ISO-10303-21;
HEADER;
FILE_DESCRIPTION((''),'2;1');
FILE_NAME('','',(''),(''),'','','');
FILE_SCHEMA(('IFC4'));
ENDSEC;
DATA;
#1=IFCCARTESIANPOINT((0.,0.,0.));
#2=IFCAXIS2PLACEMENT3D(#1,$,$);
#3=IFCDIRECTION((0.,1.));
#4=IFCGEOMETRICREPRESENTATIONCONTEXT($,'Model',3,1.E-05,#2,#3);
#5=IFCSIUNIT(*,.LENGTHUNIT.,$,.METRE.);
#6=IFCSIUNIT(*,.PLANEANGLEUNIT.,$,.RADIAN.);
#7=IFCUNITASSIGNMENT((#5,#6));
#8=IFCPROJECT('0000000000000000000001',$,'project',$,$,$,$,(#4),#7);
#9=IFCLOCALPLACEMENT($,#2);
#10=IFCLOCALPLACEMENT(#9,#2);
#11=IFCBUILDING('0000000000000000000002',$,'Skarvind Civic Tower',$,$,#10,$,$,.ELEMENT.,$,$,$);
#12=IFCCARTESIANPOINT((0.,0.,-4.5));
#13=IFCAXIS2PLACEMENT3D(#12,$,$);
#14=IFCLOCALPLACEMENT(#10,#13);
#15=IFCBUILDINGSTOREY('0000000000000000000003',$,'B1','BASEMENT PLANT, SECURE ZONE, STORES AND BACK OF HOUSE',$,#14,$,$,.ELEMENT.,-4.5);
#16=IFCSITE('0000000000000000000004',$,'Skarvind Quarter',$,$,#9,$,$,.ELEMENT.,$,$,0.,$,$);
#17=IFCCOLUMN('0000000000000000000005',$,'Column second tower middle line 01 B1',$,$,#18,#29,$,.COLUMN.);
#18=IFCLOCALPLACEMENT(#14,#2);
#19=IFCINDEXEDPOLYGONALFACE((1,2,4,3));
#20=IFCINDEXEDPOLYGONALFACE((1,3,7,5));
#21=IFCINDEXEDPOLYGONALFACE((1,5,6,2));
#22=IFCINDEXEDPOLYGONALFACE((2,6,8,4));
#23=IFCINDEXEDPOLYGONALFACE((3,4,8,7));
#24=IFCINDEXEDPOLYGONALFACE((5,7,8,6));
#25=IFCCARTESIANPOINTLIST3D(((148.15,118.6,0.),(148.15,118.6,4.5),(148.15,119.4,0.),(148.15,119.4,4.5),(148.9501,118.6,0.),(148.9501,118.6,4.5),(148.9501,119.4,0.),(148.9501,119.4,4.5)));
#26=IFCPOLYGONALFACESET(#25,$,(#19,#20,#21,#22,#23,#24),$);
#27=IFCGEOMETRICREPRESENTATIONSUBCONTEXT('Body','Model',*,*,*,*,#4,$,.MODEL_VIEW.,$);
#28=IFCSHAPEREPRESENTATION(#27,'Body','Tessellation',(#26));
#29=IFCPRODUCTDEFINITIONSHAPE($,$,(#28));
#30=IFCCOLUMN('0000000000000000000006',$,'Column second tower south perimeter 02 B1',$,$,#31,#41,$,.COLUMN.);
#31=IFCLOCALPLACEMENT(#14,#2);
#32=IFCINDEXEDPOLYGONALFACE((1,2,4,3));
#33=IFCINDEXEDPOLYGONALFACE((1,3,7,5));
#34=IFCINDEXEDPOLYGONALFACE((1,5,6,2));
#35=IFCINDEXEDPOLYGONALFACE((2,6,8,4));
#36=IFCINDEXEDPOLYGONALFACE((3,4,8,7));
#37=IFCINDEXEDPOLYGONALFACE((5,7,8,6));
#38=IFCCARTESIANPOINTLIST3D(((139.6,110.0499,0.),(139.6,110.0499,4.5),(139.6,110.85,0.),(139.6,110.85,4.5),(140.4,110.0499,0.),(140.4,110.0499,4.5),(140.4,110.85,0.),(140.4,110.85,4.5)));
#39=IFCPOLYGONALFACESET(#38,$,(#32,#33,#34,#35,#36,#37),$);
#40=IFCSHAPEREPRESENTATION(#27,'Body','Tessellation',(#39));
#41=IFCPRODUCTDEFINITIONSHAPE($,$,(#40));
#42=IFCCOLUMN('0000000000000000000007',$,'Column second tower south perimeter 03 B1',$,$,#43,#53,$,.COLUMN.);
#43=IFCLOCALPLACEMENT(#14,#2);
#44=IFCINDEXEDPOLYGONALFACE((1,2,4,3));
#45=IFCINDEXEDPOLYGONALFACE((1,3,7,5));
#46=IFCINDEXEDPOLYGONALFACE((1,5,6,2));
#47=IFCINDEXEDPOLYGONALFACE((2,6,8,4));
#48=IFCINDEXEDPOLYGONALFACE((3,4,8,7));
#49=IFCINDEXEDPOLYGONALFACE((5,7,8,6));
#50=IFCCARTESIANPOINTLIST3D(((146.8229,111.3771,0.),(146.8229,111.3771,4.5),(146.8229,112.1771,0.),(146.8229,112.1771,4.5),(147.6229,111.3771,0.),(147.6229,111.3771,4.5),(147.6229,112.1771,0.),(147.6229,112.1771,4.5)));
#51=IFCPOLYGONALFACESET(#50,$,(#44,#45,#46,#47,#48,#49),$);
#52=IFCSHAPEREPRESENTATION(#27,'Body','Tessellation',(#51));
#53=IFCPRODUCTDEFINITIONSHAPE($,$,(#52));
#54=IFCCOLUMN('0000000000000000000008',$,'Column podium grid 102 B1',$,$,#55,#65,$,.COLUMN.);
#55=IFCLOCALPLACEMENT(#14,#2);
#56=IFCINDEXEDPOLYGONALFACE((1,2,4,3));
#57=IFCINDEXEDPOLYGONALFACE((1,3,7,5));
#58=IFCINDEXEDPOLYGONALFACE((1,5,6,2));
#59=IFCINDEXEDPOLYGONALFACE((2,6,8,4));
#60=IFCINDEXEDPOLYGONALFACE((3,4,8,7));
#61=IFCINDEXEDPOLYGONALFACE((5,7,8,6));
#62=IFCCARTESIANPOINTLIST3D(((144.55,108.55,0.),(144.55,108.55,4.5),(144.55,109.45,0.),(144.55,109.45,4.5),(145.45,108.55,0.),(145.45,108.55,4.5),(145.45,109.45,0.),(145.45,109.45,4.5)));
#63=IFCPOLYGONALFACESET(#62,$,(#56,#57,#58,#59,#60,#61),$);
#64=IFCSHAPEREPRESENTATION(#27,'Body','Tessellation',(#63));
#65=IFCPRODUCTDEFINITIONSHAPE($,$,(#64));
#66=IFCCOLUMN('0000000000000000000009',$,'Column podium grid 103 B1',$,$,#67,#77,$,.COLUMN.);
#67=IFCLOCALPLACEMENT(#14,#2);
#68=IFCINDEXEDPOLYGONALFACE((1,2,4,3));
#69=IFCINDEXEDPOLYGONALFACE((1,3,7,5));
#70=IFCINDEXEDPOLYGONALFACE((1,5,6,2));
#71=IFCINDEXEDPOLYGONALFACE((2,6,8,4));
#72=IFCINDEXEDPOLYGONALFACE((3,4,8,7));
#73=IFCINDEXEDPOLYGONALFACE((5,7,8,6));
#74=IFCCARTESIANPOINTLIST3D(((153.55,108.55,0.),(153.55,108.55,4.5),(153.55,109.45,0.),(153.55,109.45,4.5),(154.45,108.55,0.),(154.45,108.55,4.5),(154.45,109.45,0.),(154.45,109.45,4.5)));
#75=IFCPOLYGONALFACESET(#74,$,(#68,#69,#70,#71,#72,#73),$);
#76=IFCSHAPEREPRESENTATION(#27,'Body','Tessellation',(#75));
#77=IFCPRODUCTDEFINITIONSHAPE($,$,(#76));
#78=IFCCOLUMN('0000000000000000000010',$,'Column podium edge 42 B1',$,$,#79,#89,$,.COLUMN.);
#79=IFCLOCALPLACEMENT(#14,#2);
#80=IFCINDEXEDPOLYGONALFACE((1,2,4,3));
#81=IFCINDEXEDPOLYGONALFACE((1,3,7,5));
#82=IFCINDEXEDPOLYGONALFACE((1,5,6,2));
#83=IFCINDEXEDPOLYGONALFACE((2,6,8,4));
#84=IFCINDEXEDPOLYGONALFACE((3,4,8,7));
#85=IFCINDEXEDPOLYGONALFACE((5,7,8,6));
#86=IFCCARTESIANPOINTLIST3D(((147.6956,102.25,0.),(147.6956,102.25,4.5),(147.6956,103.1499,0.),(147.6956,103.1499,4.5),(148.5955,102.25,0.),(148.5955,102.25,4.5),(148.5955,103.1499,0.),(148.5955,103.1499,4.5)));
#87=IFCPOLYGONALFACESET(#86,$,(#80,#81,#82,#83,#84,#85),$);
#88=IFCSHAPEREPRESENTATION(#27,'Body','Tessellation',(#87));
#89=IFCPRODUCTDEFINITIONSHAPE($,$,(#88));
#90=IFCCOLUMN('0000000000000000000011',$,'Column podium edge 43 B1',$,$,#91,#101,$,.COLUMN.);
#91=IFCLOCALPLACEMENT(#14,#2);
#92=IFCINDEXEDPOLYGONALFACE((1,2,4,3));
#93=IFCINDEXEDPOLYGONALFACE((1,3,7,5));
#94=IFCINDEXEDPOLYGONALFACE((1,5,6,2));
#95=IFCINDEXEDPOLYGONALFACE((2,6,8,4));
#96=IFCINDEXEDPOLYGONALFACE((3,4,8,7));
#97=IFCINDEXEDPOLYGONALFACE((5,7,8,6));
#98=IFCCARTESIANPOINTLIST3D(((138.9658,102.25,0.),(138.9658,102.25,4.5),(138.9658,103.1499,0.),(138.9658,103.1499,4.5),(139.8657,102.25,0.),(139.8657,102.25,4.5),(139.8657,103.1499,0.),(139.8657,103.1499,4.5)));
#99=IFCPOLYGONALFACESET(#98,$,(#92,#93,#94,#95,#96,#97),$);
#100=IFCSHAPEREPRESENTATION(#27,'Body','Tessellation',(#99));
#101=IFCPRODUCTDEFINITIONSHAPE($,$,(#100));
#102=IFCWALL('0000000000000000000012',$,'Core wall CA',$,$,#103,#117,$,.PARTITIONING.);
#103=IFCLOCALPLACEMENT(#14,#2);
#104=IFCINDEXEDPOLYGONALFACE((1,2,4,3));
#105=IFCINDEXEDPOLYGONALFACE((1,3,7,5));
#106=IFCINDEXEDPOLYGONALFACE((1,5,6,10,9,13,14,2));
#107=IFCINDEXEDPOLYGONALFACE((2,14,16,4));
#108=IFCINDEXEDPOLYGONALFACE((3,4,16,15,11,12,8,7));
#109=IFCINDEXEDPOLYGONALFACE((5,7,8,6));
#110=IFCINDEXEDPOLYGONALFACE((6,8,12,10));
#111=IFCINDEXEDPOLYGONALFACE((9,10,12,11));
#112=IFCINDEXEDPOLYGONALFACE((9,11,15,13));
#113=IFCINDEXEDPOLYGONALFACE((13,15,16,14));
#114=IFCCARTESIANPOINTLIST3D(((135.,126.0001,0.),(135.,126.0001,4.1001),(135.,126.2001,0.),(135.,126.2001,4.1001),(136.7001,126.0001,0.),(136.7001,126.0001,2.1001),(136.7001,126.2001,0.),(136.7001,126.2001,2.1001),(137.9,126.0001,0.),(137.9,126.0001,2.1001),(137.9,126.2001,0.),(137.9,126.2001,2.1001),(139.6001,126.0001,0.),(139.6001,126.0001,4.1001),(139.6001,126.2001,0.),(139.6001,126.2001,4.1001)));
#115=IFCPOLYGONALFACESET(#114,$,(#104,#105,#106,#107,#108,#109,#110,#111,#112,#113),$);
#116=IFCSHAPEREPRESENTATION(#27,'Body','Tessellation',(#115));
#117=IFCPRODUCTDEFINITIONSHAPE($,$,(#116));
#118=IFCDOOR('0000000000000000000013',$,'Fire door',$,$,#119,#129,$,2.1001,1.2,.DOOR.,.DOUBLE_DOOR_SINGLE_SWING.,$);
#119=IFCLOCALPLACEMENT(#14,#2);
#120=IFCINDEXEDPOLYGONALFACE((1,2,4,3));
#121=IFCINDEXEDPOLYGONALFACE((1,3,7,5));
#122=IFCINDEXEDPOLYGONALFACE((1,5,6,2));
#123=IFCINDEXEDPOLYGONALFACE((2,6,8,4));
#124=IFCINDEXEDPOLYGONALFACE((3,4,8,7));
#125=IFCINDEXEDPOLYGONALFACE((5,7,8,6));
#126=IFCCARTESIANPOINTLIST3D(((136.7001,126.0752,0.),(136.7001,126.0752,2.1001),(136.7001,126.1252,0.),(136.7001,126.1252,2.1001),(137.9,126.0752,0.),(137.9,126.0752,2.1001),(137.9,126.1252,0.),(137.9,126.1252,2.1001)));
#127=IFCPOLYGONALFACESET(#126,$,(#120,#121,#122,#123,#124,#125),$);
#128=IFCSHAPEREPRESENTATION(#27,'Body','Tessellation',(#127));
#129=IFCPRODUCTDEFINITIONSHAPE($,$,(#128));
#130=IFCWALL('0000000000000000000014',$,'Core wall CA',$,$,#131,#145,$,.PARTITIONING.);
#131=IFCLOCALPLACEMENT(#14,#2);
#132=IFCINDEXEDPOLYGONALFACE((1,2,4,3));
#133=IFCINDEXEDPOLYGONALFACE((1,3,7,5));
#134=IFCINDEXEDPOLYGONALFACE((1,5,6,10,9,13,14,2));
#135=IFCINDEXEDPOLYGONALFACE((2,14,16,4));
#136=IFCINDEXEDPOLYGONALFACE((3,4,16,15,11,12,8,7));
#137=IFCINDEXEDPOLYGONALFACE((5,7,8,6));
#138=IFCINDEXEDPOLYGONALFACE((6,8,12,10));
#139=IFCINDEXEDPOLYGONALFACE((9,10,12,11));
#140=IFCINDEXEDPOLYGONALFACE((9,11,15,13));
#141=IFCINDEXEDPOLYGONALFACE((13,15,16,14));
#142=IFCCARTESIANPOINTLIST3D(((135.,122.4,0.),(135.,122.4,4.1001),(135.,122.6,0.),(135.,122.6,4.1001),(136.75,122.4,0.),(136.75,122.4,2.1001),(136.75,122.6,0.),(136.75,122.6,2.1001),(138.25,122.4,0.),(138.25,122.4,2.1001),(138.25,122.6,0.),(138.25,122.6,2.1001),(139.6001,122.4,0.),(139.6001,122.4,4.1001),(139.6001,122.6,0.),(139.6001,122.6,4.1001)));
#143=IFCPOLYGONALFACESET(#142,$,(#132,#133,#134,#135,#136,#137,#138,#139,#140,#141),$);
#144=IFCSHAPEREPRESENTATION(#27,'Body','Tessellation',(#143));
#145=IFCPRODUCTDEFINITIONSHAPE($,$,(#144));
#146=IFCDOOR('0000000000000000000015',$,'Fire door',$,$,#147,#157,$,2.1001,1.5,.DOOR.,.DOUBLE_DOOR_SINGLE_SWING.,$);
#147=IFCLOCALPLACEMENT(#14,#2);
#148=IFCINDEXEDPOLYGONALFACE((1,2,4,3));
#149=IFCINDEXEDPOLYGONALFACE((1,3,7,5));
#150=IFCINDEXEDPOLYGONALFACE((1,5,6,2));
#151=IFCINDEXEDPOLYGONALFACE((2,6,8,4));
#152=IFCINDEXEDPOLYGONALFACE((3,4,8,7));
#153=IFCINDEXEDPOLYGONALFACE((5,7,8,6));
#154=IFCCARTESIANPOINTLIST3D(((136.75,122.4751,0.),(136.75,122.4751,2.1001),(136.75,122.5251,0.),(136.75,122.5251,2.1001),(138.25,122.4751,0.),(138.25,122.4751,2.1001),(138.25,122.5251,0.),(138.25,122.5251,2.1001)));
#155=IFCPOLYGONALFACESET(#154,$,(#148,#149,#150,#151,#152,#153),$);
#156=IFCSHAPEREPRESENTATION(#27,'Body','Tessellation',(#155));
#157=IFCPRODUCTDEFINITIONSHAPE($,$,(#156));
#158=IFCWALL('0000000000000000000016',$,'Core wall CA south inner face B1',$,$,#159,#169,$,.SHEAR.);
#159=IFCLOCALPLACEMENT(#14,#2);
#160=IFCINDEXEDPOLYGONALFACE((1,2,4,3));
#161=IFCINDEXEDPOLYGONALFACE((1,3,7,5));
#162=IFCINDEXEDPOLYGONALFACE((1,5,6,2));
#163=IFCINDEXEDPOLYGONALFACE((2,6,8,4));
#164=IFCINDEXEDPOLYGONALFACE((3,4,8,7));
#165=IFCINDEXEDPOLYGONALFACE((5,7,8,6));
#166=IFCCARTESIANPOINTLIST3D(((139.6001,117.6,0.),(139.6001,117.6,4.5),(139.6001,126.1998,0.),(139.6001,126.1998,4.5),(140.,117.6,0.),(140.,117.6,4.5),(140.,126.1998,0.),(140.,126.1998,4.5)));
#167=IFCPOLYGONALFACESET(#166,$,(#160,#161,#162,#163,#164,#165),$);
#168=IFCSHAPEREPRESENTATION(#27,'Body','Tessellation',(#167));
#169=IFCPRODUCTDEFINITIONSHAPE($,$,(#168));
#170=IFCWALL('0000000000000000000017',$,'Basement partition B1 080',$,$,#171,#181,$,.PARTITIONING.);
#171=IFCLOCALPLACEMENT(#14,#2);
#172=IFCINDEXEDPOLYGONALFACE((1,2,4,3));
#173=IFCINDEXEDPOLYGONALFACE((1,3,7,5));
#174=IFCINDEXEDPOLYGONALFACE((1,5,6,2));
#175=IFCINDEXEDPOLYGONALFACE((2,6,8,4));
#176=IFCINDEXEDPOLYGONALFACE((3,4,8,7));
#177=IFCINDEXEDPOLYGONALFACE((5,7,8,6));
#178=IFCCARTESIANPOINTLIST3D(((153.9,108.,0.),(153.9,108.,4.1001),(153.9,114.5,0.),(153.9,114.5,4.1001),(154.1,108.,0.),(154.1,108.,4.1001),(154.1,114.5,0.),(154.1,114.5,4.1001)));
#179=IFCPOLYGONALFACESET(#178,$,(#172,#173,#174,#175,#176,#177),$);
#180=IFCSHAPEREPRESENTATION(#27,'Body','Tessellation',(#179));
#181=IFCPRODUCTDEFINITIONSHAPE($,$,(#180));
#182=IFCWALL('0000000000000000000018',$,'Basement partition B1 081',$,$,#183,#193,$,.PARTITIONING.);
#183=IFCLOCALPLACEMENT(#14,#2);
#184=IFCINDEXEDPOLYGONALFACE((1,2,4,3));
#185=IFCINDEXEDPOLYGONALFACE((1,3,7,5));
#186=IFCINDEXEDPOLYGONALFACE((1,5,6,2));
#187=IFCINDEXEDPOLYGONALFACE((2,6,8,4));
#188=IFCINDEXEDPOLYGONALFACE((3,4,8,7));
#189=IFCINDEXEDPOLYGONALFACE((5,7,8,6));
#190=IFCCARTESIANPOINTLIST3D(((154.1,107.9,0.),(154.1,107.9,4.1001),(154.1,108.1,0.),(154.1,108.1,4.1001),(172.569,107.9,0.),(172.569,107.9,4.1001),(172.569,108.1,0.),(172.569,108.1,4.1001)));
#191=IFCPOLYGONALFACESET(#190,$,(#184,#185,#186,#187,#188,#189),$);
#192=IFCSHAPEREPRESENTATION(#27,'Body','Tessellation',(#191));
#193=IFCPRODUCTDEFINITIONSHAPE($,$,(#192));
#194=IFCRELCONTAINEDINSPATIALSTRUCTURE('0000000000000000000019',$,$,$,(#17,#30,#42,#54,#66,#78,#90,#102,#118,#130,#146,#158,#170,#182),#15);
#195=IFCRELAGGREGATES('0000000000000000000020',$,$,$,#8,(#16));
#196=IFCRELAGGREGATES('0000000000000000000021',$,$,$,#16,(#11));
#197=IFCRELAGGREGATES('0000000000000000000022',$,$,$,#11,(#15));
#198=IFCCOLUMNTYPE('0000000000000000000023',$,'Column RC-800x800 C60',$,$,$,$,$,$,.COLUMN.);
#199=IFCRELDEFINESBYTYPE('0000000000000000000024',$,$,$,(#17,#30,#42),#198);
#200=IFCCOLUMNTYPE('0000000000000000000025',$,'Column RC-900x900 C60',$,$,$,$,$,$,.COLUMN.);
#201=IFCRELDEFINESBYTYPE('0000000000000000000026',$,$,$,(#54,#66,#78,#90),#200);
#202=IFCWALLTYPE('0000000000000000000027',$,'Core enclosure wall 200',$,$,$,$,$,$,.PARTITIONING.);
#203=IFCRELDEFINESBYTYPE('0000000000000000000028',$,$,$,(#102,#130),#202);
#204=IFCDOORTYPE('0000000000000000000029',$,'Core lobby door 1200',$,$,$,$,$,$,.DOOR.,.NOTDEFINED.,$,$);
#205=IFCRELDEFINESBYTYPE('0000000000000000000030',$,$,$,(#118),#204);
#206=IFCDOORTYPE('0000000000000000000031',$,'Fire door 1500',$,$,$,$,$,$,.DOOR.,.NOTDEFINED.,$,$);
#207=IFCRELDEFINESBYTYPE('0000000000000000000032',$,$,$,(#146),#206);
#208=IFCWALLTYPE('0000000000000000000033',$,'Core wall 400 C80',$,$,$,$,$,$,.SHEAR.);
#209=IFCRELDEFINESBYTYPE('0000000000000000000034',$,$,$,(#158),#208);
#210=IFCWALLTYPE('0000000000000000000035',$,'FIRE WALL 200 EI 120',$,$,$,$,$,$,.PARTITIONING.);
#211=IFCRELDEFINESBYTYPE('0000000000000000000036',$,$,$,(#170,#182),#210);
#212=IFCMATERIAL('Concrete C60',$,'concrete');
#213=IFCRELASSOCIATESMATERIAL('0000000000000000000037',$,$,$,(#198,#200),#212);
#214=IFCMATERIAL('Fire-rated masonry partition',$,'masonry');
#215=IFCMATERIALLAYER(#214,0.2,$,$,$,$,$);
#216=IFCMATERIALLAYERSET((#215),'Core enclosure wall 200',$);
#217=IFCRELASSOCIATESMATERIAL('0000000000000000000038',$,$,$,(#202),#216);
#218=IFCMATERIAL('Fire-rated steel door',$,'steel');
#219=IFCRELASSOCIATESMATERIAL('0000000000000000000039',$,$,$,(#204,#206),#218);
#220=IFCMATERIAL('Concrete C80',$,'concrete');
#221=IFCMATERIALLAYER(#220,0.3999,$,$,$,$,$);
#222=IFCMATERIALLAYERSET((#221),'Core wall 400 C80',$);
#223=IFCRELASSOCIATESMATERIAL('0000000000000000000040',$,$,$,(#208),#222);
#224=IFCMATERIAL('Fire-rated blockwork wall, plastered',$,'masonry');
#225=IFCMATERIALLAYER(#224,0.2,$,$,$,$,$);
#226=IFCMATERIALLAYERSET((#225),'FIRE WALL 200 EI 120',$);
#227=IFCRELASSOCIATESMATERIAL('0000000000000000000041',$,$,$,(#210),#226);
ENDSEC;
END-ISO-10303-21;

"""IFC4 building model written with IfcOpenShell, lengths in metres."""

from ifc_helpers import new_model, si_unit, direction, frame, frame_2d, origin, origin_2d, place, context, subcontext, project, spatial, rectangle, extrude, material, layer, layer_set, material_profile, profile_set, type_object, element, fill, save


model = new_model("IFC4")

# Units and contexts
model_context = context("Model", 3, precision=1e-05, world=origin(), true_north=direction((0.0, 1.0)))
body_context = subcontext(model_context, "Body", "Model", "MODEL_VIEW")
ifc_project = project(units=[si_unit("LENGTHUNIT", "METRE"), si_unit("PLANEANGLEUNIT", "RADIAN")], contexts=[model_context])

# Site, building, storey
site_placement = place(None, origin())
site = spatial("IfcSite", under=ifc_project, at=site_placement, Name="Skarvind Quarter", CompositionType="ELEMENT", RefElevation=0.0)
building_placement = place(site_placement, origin())
building = spatial("IfcBuilding", under=site, at=building_placement, Name="Skarvind Civic Tower", CompositionType="ELEMENT")
storey_placement = place(building_placement, frame((0.0, 0.0, -4.5)))
storey = spatial("IfcBuildingStorey", under=building, at=storey_placement, Name="B1", Description="BASEMENT PLANT, SECURE ZONE, STORES AND BACK OF HOUSE", CompositionType="ELEMENT", Elevation=-4.5)

# Columns
ifc_material_1 = material(Name="Concrete C60", Category="concrete")
ifc_material_profile_1 = material_profile(ifc_material_1, rectangle(XDim=0.8, YDim=0.8, at=origin_2d()), Name="RC-800x800")
ifc_profile_set_1 = profile_set([ifc_material_profile_1], Name="Concrete C60")
column_type_1 = type_object("IfcColumnType", Name="Column RC-800x800 C60", PredefinedType="COLUMN", material=ifc_profile_set_1)
for number, where, z_axis, x_axis, name in (
    (1, (148.55, 119.0, 0.0), (0.0, 0.0, 1.0), (1.0, 0.0, 0.0), "Column second tower middle line 01 B1"),
    (2, (140.0, 110.45, 0.0), (0.0, 0.0, 1.0), (1.0, 0.0, 0.0), "Column second tower south perimeter 02 B1"),
    (3, (147.2229, 111.7771, 0.0), (0.0, 0.0, 1.0), (1.0, 0.0, 0.0), "Column second tower south perimeter 03 B1"),
):
    element("IfcColumn", number, at=place(storey_placement, frame(where, z_axis=z_axis, x_axis=x_axis)), inside=storey, type_object=column_type_1, Name=name, PredefinedType="COLUMN", context=body_context, shape_type="SweptSolid", body=[
        extrude(rectangle(XDim=0.8, YDim=0.8, at=origin_2d()), origin(), (0.0, 0.0, 1.0), 4.5),
    ])
ifc_material_profile_2 = material_profile(ifc_material_1, rectangle(XDim=0.8999, YDim=0.8999, at=origin_2d()), Name="RC-900x900")
ifc_profile_set_2 = profile_set([ifc_material_profile_2], Name="Concrete C60")
column_type_2 = type_object("IfcColumnType", Name="Column RC-900x900 C60", PredefinedType="COLUMN", material=ifc_profile_set_2)
for number, where, z_axis, x_axis, name in (
    (4, (145.0, 109.0, 0.0), (0.0, 0.0, 1.0), (1.0, 0.0, 0.0), "Column podium grid 102 B1"),
    (5, (154.0, 109.0, 0.0), (0.0, 0.0, 1.0), (1.0, 0.0, 0.0), "Column podium grid 103 B1"),
    (6, (148.1455, 102.7, 0.0), (0.0, 0.0, 1.0), (1.0, 0.0, 0.0), "Column podium edge 42 B1"),
    (7, (139.4158, 102.7, 0.0), (0.0, 0.0, 1.0), (1.0, 0.0, 0.0), "Column podium edge 43 B1"),
):
    element("IfcColumn", number, at=place(storey_placement, frame(where, z_axis=z_axis, x_axis=x_axis)), inside=storey, type_object=column_type_2, Name=name, PredefinedType="COLUMN", context=body_context, shape_type="SweptSolid", body=[
        extrude(rectangle(XDim=0.8999, YDim=0.8999, at=origin_2d()), origin(), (0.0, 0.0, 1.0), 4.5),
    ])

# Walls, openings, doors
ifc_material_2 = material(Name="Fire-rated masonry partition", Category="masonry")
ifc_layer_1 = layer(ifc_material_2, 0.2)
ifc_layer_set_1 = layer_set([ifc_layer_1], Name="Core enclosure wall 200")
wall_type_1 = type_object("IfcWallType", Name="Core enclosure wall 200", PredefinedType="PARTITIONING", material=ifc_layer_set_1)
wall_1_placement = place(storey_placement, frame((139.6001, 126.1001, 0.0), z_axis=(0.0, 0.0, 1.0), x_axis=(-1.0, 0.0, 0.0)))
wall_1 = element("IfcWall", 8, at=wall_1_placement, inside=storey, type_object=wall_type_1, Name="Core wall CA", PredefinedType="PARTITIONING", context=body_context, shape_type="SweptSolid", body=[
    extrude(rectangle(XDim=4.6001, YDim=0.2, at=frame_2d((2.3, 0.0))), origin(), (0.0, 0.0, 1.0), 4.1001),
])
opening_1_placement = place(wall_1_placement, frame((1.7, 0.0, 0.0)))
opening_1 = element("IfcOpeningElement", 9, at=opening_1_placement, cuts=wall_1, PredefinedType="OPENING", context=body_context, shape_type="SweptSolid", body=[
    extrude(rectangle(XDim=1.2, YDim=2.1001, at=frame_2d((0.6001, 1.05))), frame((0.0, 0.1099, 0.0), z_axis=(0.0, -1.0, 0.0), x_axis=(1.0, 0.0, 0.0)), (0.0, 0.0, 1.0), 0.22),
])
ifc_material_3 = material(Name="Fire-rated steel door", Category="steel")
door_type_1 = type_object("IfcDoorType", Name="Core lobby door 1200", OperationType="NOTDEFINED", PredefinedType="DOOR", material=ifc_material_3)
door_1_placement = place(opening_1_placement, origin())
door_1 = element("IfcDoor", 10, at=door_1_placement, inside=storey, type_object=door_type_1, Name="Fire door", OperationType="DOUBLE_DOOR_SINGLE_SWING", OverallHeight=2.1001, OverallWidth=1.2, PredefinedType="DOOR", context=body_context, shape_type="SweptSolid", body=[
    extrude(rectangle(XDim=1.2, YDim=2.1001, at=frame_2d((0.6001, 1.05))), frame((0.0, 0.0249, 0.0), z_axis=(0.0, -1.0, 0.0), x_axis=(1.0, 0.0, 0.0)), (0.0, 0.0, 1.0), 0.05),
])
fill(opening_1, door_1)
wall_2_placement = place(storey_placement, frame((139.6001, 122.5, 0.0), z_axis=(0.0, 0.0, 1.0), x_axis=(-1.0, 0.0, 0.0)))
wall_2 = element("IfcWall", 11, at=wall_2_placement, inside=storey, type_object=wall_type_1, Name="Core wall CA", PredefinedType="PARTITIONING", context=body_context, shape_type="SweptSolid", body=[
    extrude(rectangle(XDim=4.6001, YDim=0.2, at=frame_2d((2.3, 0.0))), origin(), (0.0, 0.0, 1.0), 4.1001),
])
opening_2_placement = place(wall_2_placement, frame((1.3501, 0.0, 0.0)))
opening_2 = element("IfcOpeningElement", 12, at=opening_2_placement, cuts=wall_2, PredefinedType="OPENING", context=body_context, shape_type="SweptSolid", body=[
    extrude(rectangle(XDim=1.5, YDim=2.1001, at=frame_2d((0.75, 1.05))), frame((0.0, 0.1099, 0.0), z_axis=(0.0, -1.0, 0.0), x_axis=(1.0, 0.0, 0.0)), (0.0, 0.0, 1.0), 0.22),
])
door_type_2 = type_object("IfcDoorType", Name="Fire door 1500", OperationType="NOTDEFINED", PredefinedType="DOOR", material=ifc_material_3)
door_2_placement = place(opening_2_placement, origin())
door_2 = element("IfcDoor", 13, at=door_2_placement, inside=storey, type_object=door_type_2, Name="Fire door", OperationType="DOUBLE_DOOR_SINGLE_SWING", OverallHeight=2.1001, OverallWidth=1.5, PredefinedType="DOOR", context=body_context, shape_type="SweptSolid", body=[
    extrude(rectangle(XDim=1.5, YDim=2.1001, at=frame_2d((0.75, 1.05))), frame((0.0, 0.0249, 0.0), z_axis=(0.0, -1.0, 0.0), x_axis=(1.0, 0.0, 0.0)), (0.0, 0.0, 1.0), 0.05),
])
fill(opening_2, door_2)

# Walls
ifc_material_4 = material(Name="Concrete C80", Category="concrete")
ifc_layer_2 = layer(ifc_material_4, 0.3999)
ifc_layer_set_2 = layer_set([ifc_layer_2], Name="Core wall 400 C80")
wall_type_2 = type_object("IfcWallType", Name="Core wall 400 C80", PredefinedType="SHEAR", material=ifc_layer_set_2)
wall_3_placement = place(storey_placement, frame((139.8, 117.6001, 0.0), z_axis=(0.0, 0.0, 1.0), x_axis=(0.0, 1.0, 0.0)))
element("IfcWall", 14, at=wall_3_placement, inside=storey, type_object=wall_type_2, Name="Core wall CA south inner face B1", PredefinedType="SHEAR", context=body_context, shape_type="SweptSolid", body=[
    extrude(rectangle(XDim=8.5999, YDim=0.3999, at=frame_2d((4.2998, 0.0))), origin(), (0.0, 0.0, 1.0), 4.5),
])
ifc_material_5 = material(Name="Fire-rated blockwork wall, plastered", Category="masonry")
ifc_layer_3 = layer(ifc_material_5, 0.2)
ifc_layer_set_3 = layer_set([ifc_layer_3], Name="FIRE WALL 200 EI 120")
wall_type_3 = type_object("IfcWallType", Name="FIRE WALL 200 EI 120", PredefinedType="PARTITIONING", material=ifc_layer_set_3)
wall_4_placement = place(storey_placement, frame((154.0, 108.0, 0.0), z_axis=(0.0, 0.0, 1.0), x_axis=(0.0, 1.0, 0.0)))
element("IfcWall", 15, at=wall_4_placement, inside=storey, type_object=wall_type_3, Name="Basement partition B1 080", PredefinedType="PARTITIONING", context=body_context, shape_type="SweptSolid", body=[
    extrude(rectangle(XDim=6.5, YDim=0.2, at=frame_2d((3.25, 0.0))), origin(), (0.0, 0.0, 1.0), 4.1001),
])
wall_5_placement = place(storey_placement, frame((154.1001, 108.0, 0.0), z_axis=(0.0, 0.0, 1.0), x_axis=(1.0, 0.0, 0.0)))
element("IfcWall", 16, at=wall_5_placement, inside=storey, type_object=wall_type_3, Name="Basement partition B1 081", PredefinedType="PARTITIONING", context=body_context, shape_type="SweptSolid", body=[
    extrude(rectangle(XDim=18.469, YDim=0.2, at=frame_2d((9.2344, 0.0))), origin(), (0.0, 0.0, 1.0), 4.1001),
])

save(model, "model.ifc")
